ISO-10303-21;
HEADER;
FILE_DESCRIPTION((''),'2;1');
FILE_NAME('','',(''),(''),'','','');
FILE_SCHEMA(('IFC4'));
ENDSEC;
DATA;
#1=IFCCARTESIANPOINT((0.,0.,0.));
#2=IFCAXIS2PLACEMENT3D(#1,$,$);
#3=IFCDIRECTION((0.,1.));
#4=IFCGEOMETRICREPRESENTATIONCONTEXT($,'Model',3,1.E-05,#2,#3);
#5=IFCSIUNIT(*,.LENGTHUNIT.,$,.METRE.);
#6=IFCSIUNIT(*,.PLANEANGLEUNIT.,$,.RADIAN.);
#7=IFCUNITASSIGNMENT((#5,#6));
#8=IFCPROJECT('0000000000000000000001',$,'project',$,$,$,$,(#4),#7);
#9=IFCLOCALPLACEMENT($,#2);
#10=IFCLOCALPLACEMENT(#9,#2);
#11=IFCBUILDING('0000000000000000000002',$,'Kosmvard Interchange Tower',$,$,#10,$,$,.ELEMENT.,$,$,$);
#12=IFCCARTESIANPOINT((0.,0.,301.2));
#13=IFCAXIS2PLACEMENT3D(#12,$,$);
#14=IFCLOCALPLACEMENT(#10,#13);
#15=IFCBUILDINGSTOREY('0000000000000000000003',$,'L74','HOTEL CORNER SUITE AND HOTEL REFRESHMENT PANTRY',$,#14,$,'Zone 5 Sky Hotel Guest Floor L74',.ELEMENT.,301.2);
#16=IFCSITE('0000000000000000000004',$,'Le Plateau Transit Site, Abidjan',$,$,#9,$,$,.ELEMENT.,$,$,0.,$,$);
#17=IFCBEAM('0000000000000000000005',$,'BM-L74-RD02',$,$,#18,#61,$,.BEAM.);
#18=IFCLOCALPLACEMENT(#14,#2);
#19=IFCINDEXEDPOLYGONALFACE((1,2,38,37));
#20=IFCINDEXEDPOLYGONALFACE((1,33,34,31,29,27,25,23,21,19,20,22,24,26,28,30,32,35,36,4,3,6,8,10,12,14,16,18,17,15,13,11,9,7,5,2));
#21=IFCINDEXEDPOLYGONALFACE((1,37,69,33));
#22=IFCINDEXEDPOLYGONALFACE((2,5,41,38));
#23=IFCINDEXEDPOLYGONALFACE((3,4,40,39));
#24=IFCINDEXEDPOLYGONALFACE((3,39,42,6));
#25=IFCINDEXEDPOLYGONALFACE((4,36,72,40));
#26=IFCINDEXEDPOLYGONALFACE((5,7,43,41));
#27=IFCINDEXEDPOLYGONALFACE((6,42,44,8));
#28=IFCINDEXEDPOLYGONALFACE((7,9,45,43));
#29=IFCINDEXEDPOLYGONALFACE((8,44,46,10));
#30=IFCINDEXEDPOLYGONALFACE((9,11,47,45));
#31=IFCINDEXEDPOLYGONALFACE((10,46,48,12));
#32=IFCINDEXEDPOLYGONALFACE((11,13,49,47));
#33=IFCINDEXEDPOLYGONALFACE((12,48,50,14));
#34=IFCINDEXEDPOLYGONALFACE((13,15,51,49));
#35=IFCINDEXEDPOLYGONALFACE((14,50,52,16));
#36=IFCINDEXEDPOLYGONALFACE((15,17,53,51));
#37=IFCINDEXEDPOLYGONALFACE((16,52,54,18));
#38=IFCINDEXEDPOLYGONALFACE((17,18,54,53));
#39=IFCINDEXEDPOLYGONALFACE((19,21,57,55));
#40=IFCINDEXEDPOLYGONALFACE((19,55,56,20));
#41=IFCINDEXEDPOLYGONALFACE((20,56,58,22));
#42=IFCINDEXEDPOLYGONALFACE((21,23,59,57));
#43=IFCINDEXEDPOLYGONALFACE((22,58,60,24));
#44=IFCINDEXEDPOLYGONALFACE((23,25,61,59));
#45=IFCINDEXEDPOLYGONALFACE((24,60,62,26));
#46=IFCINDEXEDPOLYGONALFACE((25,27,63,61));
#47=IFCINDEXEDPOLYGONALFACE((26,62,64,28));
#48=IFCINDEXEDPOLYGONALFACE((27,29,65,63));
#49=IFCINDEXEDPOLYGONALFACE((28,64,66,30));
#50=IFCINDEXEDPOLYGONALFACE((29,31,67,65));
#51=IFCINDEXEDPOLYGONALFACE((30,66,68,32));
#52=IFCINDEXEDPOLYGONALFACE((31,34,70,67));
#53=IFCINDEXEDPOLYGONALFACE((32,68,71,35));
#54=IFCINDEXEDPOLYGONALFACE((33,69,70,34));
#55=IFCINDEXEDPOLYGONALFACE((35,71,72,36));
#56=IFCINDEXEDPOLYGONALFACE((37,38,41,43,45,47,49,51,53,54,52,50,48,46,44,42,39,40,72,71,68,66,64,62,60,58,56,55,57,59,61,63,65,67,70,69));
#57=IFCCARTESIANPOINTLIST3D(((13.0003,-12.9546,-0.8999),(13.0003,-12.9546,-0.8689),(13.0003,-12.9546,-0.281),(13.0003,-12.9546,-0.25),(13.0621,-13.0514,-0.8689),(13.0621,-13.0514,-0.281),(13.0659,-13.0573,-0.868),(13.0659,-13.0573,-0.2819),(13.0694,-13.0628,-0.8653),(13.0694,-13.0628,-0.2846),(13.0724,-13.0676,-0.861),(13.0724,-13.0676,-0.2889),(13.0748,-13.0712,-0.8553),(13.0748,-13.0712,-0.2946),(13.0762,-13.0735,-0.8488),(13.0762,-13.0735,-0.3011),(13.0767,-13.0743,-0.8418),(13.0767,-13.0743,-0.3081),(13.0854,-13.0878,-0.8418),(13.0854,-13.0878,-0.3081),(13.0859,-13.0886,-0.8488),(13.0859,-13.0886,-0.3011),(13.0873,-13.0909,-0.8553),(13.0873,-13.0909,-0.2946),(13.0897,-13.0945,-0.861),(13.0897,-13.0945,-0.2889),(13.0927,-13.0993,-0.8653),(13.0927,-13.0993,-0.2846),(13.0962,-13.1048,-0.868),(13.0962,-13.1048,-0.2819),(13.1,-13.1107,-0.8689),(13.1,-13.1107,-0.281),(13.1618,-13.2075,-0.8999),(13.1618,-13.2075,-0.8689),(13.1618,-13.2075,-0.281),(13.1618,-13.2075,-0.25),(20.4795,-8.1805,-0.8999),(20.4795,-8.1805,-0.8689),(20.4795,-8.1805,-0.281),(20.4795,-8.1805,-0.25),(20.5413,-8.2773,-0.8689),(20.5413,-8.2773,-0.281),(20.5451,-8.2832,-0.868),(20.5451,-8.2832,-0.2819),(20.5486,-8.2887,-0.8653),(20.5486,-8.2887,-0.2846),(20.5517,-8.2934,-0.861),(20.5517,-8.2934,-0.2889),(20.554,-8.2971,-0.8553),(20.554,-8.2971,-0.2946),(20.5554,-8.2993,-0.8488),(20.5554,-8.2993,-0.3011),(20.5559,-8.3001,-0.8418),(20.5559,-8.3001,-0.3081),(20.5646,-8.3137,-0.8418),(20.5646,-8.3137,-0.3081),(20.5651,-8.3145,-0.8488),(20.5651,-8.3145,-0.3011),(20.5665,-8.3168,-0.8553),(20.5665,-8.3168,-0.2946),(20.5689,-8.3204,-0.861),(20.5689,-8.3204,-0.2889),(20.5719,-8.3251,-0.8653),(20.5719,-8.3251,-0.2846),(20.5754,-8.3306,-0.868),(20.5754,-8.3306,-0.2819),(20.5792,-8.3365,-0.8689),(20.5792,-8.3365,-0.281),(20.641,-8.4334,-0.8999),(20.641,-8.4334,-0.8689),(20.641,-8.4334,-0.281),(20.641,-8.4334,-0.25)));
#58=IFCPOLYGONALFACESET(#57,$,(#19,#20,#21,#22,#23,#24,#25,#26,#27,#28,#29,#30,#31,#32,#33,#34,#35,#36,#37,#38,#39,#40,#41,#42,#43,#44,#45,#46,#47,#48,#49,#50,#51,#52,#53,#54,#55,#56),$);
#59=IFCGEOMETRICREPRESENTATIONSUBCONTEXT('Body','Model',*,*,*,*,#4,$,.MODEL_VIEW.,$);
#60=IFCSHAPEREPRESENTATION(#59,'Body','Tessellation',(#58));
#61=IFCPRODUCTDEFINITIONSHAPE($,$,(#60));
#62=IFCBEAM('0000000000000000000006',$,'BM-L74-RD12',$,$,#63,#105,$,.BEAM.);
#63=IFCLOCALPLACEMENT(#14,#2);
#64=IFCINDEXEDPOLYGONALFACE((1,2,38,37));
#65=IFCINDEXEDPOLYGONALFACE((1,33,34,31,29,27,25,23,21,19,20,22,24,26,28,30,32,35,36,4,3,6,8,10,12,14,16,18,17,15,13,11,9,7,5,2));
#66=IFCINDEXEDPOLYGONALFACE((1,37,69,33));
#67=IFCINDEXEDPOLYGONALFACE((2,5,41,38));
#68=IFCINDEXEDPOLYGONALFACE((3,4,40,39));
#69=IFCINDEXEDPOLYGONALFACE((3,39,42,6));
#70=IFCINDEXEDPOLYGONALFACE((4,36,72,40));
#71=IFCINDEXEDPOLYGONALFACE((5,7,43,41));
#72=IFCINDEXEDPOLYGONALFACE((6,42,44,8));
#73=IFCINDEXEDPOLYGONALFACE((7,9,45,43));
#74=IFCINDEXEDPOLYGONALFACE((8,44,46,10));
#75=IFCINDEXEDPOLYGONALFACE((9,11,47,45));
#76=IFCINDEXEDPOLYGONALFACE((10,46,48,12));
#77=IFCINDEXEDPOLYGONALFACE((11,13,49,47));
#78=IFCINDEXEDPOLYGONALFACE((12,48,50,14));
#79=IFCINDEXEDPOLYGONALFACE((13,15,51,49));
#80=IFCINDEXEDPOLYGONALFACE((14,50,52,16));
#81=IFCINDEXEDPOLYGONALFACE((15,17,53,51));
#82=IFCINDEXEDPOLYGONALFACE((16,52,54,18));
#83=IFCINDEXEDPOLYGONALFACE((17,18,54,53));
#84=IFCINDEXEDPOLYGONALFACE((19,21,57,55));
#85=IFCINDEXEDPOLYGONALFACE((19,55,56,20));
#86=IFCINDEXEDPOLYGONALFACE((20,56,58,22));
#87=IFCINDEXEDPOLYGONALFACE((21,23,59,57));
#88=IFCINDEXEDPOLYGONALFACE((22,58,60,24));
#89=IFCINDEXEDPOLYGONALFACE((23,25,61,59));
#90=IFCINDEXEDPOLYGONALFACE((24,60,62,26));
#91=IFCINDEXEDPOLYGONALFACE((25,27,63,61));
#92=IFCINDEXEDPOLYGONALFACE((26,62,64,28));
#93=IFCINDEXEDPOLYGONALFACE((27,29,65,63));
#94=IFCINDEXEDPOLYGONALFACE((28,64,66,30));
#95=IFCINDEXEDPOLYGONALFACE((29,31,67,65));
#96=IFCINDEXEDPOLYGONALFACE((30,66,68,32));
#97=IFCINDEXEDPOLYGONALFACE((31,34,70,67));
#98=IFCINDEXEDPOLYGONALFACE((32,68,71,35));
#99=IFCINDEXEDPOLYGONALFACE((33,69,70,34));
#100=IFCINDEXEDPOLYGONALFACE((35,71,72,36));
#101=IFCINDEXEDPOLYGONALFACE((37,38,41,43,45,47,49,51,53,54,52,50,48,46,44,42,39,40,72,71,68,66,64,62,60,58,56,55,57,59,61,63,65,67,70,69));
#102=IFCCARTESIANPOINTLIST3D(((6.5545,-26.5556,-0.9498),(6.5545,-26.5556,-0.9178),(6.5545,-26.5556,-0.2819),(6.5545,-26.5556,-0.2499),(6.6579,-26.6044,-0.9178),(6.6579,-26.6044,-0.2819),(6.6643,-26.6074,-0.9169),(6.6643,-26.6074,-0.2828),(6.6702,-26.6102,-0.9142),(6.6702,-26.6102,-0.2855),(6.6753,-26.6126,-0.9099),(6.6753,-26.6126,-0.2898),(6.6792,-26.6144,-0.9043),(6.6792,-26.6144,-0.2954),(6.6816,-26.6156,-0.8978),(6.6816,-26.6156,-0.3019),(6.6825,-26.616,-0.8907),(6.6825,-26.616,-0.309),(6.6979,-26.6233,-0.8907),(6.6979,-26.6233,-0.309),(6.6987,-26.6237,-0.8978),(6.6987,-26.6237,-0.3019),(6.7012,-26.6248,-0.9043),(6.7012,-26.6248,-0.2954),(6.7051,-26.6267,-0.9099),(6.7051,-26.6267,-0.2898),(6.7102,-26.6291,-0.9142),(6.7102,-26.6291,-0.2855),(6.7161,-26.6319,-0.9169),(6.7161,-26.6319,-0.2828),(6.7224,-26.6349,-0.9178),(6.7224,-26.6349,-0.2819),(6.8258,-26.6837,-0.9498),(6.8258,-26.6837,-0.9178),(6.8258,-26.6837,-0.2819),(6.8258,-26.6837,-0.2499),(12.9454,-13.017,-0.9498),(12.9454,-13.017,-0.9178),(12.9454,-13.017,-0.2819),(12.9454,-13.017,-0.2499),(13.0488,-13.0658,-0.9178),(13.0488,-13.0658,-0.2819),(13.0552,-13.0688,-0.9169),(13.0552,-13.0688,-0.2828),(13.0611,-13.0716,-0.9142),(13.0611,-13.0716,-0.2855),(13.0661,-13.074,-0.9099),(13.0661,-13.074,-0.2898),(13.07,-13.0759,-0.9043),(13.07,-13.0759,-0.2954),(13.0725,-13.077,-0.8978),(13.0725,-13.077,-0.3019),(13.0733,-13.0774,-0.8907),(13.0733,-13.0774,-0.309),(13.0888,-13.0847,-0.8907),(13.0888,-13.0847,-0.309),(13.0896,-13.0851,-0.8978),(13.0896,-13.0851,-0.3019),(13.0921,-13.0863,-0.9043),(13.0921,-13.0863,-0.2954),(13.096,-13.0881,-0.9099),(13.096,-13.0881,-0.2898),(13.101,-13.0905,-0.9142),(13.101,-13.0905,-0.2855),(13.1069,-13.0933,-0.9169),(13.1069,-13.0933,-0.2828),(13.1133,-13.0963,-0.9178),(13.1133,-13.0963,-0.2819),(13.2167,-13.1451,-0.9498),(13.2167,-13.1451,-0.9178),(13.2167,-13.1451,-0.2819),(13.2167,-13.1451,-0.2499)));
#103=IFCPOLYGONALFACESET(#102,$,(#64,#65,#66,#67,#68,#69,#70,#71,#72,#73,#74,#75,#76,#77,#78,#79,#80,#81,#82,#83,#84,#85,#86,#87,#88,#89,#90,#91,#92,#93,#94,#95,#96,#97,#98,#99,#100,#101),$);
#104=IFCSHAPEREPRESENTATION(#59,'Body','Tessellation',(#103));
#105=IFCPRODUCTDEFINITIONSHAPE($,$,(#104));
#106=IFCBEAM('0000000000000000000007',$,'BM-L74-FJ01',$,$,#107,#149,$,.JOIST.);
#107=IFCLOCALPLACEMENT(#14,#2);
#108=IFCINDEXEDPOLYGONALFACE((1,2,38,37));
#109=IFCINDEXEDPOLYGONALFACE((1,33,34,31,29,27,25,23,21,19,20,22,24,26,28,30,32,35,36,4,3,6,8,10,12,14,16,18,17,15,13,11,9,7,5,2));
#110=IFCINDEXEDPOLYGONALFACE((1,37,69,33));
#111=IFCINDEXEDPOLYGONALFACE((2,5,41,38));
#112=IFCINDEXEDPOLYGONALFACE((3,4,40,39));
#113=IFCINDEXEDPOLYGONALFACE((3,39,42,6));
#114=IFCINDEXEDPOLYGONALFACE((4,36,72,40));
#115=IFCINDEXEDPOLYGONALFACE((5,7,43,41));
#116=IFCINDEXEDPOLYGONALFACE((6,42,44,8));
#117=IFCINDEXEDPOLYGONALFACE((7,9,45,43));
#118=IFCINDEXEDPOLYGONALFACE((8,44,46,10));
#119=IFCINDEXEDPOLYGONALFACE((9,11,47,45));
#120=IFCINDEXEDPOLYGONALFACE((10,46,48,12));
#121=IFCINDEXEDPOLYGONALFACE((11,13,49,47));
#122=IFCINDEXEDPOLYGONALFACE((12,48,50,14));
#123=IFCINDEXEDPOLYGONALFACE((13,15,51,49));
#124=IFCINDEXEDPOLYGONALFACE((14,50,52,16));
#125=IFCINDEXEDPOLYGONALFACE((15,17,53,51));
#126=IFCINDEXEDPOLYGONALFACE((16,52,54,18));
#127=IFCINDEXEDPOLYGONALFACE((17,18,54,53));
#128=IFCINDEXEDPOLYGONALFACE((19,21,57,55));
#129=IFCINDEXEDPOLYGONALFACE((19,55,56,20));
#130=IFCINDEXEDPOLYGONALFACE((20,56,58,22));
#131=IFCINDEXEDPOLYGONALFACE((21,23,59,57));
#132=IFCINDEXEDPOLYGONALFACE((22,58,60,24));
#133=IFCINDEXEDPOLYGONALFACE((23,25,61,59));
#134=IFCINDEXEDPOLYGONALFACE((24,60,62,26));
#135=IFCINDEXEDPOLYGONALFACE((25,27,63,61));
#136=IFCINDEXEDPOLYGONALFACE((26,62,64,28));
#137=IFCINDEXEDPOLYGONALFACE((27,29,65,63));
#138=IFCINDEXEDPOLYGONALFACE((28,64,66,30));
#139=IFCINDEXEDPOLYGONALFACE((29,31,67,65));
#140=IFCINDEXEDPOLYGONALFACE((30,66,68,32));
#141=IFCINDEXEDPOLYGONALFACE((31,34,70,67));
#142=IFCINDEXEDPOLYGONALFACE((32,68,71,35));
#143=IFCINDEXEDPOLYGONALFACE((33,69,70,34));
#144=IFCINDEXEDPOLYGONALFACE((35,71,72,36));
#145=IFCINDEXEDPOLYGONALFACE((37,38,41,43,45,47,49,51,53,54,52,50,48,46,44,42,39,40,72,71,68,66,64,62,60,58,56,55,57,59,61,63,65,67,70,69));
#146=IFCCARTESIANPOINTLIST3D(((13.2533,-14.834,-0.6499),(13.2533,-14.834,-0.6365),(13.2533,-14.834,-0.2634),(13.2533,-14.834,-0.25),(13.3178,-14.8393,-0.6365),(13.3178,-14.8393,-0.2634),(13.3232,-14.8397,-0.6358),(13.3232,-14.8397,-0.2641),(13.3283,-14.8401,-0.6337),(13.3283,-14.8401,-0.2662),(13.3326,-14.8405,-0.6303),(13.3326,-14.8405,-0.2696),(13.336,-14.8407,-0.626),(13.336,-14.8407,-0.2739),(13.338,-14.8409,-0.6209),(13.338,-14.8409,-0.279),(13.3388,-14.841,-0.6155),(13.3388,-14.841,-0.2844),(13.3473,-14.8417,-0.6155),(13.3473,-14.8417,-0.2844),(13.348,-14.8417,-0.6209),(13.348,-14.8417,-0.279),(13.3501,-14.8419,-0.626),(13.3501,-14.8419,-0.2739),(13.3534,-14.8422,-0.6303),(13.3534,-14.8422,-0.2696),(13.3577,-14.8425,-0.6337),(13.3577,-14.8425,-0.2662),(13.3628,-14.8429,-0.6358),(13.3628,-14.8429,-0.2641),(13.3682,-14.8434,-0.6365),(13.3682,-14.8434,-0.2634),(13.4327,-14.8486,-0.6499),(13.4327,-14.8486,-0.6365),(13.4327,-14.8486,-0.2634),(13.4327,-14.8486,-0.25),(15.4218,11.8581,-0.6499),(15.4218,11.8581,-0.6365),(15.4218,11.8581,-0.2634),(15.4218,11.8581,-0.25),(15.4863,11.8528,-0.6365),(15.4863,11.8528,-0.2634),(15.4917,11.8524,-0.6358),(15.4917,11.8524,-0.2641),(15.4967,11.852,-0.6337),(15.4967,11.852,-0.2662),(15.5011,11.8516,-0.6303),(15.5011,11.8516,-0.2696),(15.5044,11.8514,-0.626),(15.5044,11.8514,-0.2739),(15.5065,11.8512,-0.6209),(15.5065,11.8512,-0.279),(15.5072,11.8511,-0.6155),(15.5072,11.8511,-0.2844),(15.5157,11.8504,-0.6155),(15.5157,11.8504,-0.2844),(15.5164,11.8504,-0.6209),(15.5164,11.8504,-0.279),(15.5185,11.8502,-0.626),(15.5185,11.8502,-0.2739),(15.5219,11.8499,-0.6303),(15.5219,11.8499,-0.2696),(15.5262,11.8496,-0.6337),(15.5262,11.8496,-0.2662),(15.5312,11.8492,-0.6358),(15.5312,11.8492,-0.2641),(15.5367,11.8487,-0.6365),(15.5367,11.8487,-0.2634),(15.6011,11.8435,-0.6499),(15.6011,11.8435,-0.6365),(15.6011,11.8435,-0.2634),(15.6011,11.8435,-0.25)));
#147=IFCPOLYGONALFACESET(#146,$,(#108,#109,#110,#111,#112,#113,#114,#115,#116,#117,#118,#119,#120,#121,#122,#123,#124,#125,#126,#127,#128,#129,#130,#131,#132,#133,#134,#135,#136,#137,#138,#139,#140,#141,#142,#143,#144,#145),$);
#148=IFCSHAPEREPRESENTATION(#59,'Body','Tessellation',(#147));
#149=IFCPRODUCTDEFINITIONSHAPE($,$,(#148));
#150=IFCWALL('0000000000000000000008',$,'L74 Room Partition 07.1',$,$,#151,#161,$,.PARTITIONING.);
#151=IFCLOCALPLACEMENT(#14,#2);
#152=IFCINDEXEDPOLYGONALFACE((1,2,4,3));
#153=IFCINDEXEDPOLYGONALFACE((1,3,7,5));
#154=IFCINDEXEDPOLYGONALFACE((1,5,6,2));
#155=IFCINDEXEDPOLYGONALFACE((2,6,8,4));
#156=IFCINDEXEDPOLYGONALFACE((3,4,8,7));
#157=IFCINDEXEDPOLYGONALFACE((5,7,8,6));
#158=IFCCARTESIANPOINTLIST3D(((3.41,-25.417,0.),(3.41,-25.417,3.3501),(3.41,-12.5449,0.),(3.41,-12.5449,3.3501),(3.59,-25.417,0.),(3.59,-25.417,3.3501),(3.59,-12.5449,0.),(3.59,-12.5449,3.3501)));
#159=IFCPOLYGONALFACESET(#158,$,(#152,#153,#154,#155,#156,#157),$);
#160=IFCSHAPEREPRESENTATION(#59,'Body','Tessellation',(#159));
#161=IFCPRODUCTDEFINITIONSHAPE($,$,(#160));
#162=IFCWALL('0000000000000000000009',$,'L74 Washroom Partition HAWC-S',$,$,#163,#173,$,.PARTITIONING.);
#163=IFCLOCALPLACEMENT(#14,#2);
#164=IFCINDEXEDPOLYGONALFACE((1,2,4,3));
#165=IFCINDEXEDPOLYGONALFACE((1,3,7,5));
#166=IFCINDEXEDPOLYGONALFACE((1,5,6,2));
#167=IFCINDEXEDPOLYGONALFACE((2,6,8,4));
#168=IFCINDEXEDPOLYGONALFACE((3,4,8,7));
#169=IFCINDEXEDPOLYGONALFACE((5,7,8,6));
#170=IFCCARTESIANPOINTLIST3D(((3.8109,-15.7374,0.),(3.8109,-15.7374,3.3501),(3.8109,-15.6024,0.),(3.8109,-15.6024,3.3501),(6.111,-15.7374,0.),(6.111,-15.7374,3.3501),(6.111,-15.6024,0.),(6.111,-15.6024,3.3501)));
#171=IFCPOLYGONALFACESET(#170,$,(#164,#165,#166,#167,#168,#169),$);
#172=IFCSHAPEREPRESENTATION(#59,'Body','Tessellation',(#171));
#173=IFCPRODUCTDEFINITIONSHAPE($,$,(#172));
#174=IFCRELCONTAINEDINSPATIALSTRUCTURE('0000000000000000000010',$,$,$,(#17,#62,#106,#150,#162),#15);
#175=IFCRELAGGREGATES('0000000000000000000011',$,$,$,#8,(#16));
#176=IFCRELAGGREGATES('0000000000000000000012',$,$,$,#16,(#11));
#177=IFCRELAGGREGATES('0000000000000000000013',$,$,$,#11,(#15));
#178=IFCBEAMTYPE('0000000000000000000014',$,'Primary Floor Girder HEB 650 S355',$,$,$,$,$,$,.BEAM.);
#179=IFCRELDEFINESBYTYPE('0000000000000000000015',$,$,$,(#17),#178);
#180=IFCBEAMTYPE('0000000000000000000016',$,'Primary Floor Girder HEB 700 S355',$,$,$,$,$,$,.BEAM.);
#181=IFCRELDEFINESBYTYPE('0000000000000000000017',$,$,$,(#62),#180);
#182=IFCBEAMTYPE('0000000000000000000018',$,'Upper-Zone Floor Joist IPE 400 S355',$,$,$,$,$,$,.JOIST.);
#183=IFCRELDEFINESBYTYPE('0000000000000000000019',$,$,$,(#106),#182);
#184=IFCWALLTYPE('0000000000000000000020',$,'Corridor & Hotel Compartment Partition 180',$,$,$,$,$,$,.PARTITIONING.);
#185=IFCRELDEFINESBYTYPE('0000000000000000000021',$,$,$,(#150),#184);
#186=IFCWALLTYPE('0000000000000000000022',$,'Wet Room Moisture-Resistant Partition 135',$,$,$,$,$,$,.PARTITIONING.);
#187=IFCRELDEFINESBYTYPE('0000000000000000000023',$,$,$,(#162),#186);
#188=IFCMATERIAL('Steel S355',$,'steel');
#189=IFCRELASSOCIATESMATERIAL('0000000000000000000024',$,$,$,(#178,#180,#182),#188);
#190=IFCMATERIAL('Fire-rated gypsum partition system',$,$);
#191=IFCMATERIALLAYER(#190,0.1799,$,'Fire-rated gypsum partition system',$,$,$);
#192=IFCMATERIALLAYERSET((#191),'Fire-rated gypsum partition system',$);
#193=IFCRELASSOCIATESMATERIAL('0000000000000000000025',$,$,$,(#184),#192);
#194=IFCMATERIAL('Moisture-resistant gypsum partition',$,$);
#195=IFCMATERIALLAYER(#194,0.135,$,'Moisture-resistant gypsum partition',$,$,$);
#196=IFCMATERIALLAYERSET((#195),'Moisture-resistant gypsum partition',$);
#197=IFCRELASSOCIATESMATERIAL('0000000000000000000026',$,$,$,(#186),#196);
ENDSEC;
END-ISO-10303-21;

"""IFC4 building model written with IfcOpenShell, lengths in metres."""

from ifc_helpers import new_model, si_unit, direction, frame, frame_2d, origin, origin_2d, place, context, subcontext, project, spatial, rectangle, i_section, extrude, source, transform, mapped, material, layer, layer_set, material_profile, profile_set, type_object, element, save


model = new_model("IFC4")

# Units and contexts
model_context = context("Model", 3, precision=1e-05, world=origin(), true_north=direction((0.0, 1.0)))
body_context = subcontext(model_context, "Body", "Model", "MODEL_VIEW")
ifc_project = project(units=[si_unit("LENGTHUNIT", "METRE"), si_unit("PLANEANGLEUNIT", "RADIAN")], contexts=[model_context])

# Site, building, storey
site_placement = place(None, origin())
site = spatial("IfcSite", under=ifc_project, at=site_placement, Name="Le Plateau Transit Site, Abidjan", CompositionType="ELEMENT", RefElevation=0.0)
building_placement = place(site_placement, origin())
building = spatial("IfcBuilding", under=site, at=building_placement, Name="Kosmvard Interchange Tower", CompositionType="ELEMENT")
storey_placement = place(building_placement, frame((0.0, 0.0, 301.2)))
storey = spatial("IfcBuildingStorey", under=building, at=storey_placement, Name="L74", Description="HOTEL CORNER SUITE AND HOTEL REFRESHMENT PANTRY", LongName="Zone 5 Sky Hotel Guest Floor L74", CompositionType="ELEMENT", Elevation=301.2)

# Beams
ifc_material_1 = material(Name="Steel S355", Category="steel")
ifc_material_profile_1 = material_profile(ifc_material_1, i_section(OverallWidth=0.3, OverallDepth=0.6499, WebThickness=0.0161, FlangeThickness=0.031, FilletRadius=0.0271, at=origin_2d()), Name="HEB 650")
ifc_profile_set_1 = profile_set([ifc_material_profile_1], Name="Steel S355")
beam_type_1 = type_object("IfcBeamType", Name="Primary Floor Girder HEB 650 S355", PredefinedType="BEAM", material=ifc_profile_set_1)
shared_shape_1 = source(origin(), body_context, "Body", "SweptSolid", [
    extrude(i_section(OverallWidth=0.3, OverallDepth=0.6499, WebThickness=0.0161, FlangeThickness=0.031, FilletRadius=0.0271, at=origin_2d()), origin(), (0.0, 0.0, 1.0), 8.873),
])
beam_1_placement = place(storey_placement, frame((13.0811, -13.0811, -0.575), z_axis=(0.842913, 0.53805, 0.0), x_axis=(-0.53805, 0.842913, 0.0)))
element("IfcBeam", 1, at=beam_1_placement, inside=storey, type_object=beam_type_1, Name="BM-L74-RD02", PredefinedType="BEAM", context=body_context, shape_type="MappedRepresentation", body=[
    mapped(shared_shape_1, transform((0.0, 0.0, 0.0), scale=1.0)),
])
ifc_material_profile_2 = material_profile(ifc_material_1, i_section(OverallWidth=0.3, OverallDepth=0.7, WebThickness=0.0171, FlangeThickness=0.032, FilletRadius=0.0271, at=origin_2d()), Name="HEB 700")
ifc_profile_set_2 = profile_set([ifc_material_profile_2], Name="Steel S355")
beam_type_2 = type_object("IfcBeamType", Name="Primary Floor Girder HEB 700 S355", PredefinedType="BEAM", material=ifc_profile_set_2)
shared_shape_2 = source(origin(), body_context, "Body", "SweptSolid", [
    extrude(i_section(OverallWidth=0.3, OverallDepth=0.7, WebThickness=0.0171, FlangeThickness=0.032, FilletRadius=0.0271, at=origin_2d()), origin(), (0.0, 0.0, 1.0), 14.9712),
])
beam_2_placement = place(storey_placement, frame((13.0811, -13.0811, -0.5999), z_axis=(-0.426878, -0.904309, 0.0), x_axis=(0.904309, -0.426878, 0.0)))
element("IfcBeam", 2, at=beam_2_placement, inside=storey, type_object=beam_type_2, Name="BM-L74-RD12", PredefinedType="BEAM", context=body_context, shape_type="MappedRepresentation", body=[
    mapped(shared_shape_2, transform((0.0, 0.0, 0.0), scale=1.0)),
])
ifc_material_profile_3 = material_profile(ifc_material_1, i_section(OverallWidth=0.1799, OverallDepth=0.3999, WebThickness=0.0085, FlangeThickness=0.0134, FilletRadius=0.021, at=origin_2d()), Name="IPE 400")
ifc_profile_set_3 = profile_set([ifc_material_profile_3], Name="Steel S355")
beam_type_3 = type_object("IfcBeamType", Name="Upper-Zone Floor Joist IPE 400 S355", PredefinedType="JOIST", material=ifc_profile_set_3)
shared_shape_3 = source(origin(), body_context, "Body", "SweptSolid", [
    extrude(i_section(OverallWidth=0.1799, OverallDepth=0.3999, WebThickness=0.0085, FlangeThickness=0.0134, FilletRadius=0.021, at=origin_2d()), origin(), (0.0, 0.0, 1.0), 26.78),
])
beam_3_placement = place(storey_placement, frame((13.343, -14.8413, -0.45), z_axis=(0.080973, 0.996716, 0.0), x_axis=(-0.996716, 0.080973, 0.0)))
element("IfcBeam", 3, at=beam_3_placement, inside=storey, type_object=beam_type_3, Name="BM-L74-FJ01", PredefinedType="JOIST", context=body_context, shape_type="MappedRepresentation", body=[
    mapped(shared_shape_3, transform((0.0, 0.0, 0.0), scale=1.0)),
])

# Shared definitions
ifc_material_2 = material(Name="Fire-rated gypsum partition system")
ifc_layer_1 = layer(ifc_material_2, 0.1799, Name="Fire-rated gypsum partition system")
ifc_layer_set_1 = layer_set([ifc_layer_1], Name="Fire-rated gypsum partition system")
wall_type_1 = type_object("IfcWallType", Name="Corridor & Hotel Compartment Partition 180", PredefinedType="PARTITIONING", material=ifc_layer_set_1)

# Walls
wall_1_placement = place(storey_placement, frame((3.5, -12.5449, 0.0), z_axis=(0.0, 0.0, 1.0), x_axis=(0.0, -1.0, 0.0)))
element("IfcWall", 4, at=wall_1_placement, inside=storey, type_object=wall_type_1, Name="L74 Room Partition 07.1", PredefinedType="PARTITIONING", context=body_context, shape_type="SweptSolid", body=[
    extrude(rectangle(XDim=12.8721, YDim=0.1799, at=frame_2d((6.436, 0.0))), origin(), (0.0, 0.0, 1.0), 3.3501),
])
ifc_material_3 = material(Name="Moisture-resistant gypsum partition")
ifc_layer_2 = layer(ifc_material_3, 0.135, Name="Moisture-resistant gypsum partition")
ifc_layer_set_2 = layer_set([ifc_layer_2], Name="Moisture-resistant gypsum partition")
wall_type_2 = type_object("IfcWallType", Name="Wet Room Moisture-Resistant Partition 135", PredefinedType="PARTITIONING", material=ifc_layer_set_2)
wall_2_placement = place(storey_placement, frame((3.811, -15.6699, 0.0), z_axis=(0.0, 0.0, 1.0), x_axis=(1.0, 0.0, 0.0)))
element("IfcWall", 5, at=wall_2_placement, inside=storey, type_object=wall_type_2, Name="L74 Washroom Partition HAWC-S", PredefinedType="PARTITIONING", context=body_context, shape_type="SweptSolid", body=[
    extrude(rectangle(XDim=2.3, YDim=0.135, at=frame_2d((1.1499, 0.0))), origin(), (0.0, 0.0, 1.0), 3.3501),
])

save(model, "model.ifc")
